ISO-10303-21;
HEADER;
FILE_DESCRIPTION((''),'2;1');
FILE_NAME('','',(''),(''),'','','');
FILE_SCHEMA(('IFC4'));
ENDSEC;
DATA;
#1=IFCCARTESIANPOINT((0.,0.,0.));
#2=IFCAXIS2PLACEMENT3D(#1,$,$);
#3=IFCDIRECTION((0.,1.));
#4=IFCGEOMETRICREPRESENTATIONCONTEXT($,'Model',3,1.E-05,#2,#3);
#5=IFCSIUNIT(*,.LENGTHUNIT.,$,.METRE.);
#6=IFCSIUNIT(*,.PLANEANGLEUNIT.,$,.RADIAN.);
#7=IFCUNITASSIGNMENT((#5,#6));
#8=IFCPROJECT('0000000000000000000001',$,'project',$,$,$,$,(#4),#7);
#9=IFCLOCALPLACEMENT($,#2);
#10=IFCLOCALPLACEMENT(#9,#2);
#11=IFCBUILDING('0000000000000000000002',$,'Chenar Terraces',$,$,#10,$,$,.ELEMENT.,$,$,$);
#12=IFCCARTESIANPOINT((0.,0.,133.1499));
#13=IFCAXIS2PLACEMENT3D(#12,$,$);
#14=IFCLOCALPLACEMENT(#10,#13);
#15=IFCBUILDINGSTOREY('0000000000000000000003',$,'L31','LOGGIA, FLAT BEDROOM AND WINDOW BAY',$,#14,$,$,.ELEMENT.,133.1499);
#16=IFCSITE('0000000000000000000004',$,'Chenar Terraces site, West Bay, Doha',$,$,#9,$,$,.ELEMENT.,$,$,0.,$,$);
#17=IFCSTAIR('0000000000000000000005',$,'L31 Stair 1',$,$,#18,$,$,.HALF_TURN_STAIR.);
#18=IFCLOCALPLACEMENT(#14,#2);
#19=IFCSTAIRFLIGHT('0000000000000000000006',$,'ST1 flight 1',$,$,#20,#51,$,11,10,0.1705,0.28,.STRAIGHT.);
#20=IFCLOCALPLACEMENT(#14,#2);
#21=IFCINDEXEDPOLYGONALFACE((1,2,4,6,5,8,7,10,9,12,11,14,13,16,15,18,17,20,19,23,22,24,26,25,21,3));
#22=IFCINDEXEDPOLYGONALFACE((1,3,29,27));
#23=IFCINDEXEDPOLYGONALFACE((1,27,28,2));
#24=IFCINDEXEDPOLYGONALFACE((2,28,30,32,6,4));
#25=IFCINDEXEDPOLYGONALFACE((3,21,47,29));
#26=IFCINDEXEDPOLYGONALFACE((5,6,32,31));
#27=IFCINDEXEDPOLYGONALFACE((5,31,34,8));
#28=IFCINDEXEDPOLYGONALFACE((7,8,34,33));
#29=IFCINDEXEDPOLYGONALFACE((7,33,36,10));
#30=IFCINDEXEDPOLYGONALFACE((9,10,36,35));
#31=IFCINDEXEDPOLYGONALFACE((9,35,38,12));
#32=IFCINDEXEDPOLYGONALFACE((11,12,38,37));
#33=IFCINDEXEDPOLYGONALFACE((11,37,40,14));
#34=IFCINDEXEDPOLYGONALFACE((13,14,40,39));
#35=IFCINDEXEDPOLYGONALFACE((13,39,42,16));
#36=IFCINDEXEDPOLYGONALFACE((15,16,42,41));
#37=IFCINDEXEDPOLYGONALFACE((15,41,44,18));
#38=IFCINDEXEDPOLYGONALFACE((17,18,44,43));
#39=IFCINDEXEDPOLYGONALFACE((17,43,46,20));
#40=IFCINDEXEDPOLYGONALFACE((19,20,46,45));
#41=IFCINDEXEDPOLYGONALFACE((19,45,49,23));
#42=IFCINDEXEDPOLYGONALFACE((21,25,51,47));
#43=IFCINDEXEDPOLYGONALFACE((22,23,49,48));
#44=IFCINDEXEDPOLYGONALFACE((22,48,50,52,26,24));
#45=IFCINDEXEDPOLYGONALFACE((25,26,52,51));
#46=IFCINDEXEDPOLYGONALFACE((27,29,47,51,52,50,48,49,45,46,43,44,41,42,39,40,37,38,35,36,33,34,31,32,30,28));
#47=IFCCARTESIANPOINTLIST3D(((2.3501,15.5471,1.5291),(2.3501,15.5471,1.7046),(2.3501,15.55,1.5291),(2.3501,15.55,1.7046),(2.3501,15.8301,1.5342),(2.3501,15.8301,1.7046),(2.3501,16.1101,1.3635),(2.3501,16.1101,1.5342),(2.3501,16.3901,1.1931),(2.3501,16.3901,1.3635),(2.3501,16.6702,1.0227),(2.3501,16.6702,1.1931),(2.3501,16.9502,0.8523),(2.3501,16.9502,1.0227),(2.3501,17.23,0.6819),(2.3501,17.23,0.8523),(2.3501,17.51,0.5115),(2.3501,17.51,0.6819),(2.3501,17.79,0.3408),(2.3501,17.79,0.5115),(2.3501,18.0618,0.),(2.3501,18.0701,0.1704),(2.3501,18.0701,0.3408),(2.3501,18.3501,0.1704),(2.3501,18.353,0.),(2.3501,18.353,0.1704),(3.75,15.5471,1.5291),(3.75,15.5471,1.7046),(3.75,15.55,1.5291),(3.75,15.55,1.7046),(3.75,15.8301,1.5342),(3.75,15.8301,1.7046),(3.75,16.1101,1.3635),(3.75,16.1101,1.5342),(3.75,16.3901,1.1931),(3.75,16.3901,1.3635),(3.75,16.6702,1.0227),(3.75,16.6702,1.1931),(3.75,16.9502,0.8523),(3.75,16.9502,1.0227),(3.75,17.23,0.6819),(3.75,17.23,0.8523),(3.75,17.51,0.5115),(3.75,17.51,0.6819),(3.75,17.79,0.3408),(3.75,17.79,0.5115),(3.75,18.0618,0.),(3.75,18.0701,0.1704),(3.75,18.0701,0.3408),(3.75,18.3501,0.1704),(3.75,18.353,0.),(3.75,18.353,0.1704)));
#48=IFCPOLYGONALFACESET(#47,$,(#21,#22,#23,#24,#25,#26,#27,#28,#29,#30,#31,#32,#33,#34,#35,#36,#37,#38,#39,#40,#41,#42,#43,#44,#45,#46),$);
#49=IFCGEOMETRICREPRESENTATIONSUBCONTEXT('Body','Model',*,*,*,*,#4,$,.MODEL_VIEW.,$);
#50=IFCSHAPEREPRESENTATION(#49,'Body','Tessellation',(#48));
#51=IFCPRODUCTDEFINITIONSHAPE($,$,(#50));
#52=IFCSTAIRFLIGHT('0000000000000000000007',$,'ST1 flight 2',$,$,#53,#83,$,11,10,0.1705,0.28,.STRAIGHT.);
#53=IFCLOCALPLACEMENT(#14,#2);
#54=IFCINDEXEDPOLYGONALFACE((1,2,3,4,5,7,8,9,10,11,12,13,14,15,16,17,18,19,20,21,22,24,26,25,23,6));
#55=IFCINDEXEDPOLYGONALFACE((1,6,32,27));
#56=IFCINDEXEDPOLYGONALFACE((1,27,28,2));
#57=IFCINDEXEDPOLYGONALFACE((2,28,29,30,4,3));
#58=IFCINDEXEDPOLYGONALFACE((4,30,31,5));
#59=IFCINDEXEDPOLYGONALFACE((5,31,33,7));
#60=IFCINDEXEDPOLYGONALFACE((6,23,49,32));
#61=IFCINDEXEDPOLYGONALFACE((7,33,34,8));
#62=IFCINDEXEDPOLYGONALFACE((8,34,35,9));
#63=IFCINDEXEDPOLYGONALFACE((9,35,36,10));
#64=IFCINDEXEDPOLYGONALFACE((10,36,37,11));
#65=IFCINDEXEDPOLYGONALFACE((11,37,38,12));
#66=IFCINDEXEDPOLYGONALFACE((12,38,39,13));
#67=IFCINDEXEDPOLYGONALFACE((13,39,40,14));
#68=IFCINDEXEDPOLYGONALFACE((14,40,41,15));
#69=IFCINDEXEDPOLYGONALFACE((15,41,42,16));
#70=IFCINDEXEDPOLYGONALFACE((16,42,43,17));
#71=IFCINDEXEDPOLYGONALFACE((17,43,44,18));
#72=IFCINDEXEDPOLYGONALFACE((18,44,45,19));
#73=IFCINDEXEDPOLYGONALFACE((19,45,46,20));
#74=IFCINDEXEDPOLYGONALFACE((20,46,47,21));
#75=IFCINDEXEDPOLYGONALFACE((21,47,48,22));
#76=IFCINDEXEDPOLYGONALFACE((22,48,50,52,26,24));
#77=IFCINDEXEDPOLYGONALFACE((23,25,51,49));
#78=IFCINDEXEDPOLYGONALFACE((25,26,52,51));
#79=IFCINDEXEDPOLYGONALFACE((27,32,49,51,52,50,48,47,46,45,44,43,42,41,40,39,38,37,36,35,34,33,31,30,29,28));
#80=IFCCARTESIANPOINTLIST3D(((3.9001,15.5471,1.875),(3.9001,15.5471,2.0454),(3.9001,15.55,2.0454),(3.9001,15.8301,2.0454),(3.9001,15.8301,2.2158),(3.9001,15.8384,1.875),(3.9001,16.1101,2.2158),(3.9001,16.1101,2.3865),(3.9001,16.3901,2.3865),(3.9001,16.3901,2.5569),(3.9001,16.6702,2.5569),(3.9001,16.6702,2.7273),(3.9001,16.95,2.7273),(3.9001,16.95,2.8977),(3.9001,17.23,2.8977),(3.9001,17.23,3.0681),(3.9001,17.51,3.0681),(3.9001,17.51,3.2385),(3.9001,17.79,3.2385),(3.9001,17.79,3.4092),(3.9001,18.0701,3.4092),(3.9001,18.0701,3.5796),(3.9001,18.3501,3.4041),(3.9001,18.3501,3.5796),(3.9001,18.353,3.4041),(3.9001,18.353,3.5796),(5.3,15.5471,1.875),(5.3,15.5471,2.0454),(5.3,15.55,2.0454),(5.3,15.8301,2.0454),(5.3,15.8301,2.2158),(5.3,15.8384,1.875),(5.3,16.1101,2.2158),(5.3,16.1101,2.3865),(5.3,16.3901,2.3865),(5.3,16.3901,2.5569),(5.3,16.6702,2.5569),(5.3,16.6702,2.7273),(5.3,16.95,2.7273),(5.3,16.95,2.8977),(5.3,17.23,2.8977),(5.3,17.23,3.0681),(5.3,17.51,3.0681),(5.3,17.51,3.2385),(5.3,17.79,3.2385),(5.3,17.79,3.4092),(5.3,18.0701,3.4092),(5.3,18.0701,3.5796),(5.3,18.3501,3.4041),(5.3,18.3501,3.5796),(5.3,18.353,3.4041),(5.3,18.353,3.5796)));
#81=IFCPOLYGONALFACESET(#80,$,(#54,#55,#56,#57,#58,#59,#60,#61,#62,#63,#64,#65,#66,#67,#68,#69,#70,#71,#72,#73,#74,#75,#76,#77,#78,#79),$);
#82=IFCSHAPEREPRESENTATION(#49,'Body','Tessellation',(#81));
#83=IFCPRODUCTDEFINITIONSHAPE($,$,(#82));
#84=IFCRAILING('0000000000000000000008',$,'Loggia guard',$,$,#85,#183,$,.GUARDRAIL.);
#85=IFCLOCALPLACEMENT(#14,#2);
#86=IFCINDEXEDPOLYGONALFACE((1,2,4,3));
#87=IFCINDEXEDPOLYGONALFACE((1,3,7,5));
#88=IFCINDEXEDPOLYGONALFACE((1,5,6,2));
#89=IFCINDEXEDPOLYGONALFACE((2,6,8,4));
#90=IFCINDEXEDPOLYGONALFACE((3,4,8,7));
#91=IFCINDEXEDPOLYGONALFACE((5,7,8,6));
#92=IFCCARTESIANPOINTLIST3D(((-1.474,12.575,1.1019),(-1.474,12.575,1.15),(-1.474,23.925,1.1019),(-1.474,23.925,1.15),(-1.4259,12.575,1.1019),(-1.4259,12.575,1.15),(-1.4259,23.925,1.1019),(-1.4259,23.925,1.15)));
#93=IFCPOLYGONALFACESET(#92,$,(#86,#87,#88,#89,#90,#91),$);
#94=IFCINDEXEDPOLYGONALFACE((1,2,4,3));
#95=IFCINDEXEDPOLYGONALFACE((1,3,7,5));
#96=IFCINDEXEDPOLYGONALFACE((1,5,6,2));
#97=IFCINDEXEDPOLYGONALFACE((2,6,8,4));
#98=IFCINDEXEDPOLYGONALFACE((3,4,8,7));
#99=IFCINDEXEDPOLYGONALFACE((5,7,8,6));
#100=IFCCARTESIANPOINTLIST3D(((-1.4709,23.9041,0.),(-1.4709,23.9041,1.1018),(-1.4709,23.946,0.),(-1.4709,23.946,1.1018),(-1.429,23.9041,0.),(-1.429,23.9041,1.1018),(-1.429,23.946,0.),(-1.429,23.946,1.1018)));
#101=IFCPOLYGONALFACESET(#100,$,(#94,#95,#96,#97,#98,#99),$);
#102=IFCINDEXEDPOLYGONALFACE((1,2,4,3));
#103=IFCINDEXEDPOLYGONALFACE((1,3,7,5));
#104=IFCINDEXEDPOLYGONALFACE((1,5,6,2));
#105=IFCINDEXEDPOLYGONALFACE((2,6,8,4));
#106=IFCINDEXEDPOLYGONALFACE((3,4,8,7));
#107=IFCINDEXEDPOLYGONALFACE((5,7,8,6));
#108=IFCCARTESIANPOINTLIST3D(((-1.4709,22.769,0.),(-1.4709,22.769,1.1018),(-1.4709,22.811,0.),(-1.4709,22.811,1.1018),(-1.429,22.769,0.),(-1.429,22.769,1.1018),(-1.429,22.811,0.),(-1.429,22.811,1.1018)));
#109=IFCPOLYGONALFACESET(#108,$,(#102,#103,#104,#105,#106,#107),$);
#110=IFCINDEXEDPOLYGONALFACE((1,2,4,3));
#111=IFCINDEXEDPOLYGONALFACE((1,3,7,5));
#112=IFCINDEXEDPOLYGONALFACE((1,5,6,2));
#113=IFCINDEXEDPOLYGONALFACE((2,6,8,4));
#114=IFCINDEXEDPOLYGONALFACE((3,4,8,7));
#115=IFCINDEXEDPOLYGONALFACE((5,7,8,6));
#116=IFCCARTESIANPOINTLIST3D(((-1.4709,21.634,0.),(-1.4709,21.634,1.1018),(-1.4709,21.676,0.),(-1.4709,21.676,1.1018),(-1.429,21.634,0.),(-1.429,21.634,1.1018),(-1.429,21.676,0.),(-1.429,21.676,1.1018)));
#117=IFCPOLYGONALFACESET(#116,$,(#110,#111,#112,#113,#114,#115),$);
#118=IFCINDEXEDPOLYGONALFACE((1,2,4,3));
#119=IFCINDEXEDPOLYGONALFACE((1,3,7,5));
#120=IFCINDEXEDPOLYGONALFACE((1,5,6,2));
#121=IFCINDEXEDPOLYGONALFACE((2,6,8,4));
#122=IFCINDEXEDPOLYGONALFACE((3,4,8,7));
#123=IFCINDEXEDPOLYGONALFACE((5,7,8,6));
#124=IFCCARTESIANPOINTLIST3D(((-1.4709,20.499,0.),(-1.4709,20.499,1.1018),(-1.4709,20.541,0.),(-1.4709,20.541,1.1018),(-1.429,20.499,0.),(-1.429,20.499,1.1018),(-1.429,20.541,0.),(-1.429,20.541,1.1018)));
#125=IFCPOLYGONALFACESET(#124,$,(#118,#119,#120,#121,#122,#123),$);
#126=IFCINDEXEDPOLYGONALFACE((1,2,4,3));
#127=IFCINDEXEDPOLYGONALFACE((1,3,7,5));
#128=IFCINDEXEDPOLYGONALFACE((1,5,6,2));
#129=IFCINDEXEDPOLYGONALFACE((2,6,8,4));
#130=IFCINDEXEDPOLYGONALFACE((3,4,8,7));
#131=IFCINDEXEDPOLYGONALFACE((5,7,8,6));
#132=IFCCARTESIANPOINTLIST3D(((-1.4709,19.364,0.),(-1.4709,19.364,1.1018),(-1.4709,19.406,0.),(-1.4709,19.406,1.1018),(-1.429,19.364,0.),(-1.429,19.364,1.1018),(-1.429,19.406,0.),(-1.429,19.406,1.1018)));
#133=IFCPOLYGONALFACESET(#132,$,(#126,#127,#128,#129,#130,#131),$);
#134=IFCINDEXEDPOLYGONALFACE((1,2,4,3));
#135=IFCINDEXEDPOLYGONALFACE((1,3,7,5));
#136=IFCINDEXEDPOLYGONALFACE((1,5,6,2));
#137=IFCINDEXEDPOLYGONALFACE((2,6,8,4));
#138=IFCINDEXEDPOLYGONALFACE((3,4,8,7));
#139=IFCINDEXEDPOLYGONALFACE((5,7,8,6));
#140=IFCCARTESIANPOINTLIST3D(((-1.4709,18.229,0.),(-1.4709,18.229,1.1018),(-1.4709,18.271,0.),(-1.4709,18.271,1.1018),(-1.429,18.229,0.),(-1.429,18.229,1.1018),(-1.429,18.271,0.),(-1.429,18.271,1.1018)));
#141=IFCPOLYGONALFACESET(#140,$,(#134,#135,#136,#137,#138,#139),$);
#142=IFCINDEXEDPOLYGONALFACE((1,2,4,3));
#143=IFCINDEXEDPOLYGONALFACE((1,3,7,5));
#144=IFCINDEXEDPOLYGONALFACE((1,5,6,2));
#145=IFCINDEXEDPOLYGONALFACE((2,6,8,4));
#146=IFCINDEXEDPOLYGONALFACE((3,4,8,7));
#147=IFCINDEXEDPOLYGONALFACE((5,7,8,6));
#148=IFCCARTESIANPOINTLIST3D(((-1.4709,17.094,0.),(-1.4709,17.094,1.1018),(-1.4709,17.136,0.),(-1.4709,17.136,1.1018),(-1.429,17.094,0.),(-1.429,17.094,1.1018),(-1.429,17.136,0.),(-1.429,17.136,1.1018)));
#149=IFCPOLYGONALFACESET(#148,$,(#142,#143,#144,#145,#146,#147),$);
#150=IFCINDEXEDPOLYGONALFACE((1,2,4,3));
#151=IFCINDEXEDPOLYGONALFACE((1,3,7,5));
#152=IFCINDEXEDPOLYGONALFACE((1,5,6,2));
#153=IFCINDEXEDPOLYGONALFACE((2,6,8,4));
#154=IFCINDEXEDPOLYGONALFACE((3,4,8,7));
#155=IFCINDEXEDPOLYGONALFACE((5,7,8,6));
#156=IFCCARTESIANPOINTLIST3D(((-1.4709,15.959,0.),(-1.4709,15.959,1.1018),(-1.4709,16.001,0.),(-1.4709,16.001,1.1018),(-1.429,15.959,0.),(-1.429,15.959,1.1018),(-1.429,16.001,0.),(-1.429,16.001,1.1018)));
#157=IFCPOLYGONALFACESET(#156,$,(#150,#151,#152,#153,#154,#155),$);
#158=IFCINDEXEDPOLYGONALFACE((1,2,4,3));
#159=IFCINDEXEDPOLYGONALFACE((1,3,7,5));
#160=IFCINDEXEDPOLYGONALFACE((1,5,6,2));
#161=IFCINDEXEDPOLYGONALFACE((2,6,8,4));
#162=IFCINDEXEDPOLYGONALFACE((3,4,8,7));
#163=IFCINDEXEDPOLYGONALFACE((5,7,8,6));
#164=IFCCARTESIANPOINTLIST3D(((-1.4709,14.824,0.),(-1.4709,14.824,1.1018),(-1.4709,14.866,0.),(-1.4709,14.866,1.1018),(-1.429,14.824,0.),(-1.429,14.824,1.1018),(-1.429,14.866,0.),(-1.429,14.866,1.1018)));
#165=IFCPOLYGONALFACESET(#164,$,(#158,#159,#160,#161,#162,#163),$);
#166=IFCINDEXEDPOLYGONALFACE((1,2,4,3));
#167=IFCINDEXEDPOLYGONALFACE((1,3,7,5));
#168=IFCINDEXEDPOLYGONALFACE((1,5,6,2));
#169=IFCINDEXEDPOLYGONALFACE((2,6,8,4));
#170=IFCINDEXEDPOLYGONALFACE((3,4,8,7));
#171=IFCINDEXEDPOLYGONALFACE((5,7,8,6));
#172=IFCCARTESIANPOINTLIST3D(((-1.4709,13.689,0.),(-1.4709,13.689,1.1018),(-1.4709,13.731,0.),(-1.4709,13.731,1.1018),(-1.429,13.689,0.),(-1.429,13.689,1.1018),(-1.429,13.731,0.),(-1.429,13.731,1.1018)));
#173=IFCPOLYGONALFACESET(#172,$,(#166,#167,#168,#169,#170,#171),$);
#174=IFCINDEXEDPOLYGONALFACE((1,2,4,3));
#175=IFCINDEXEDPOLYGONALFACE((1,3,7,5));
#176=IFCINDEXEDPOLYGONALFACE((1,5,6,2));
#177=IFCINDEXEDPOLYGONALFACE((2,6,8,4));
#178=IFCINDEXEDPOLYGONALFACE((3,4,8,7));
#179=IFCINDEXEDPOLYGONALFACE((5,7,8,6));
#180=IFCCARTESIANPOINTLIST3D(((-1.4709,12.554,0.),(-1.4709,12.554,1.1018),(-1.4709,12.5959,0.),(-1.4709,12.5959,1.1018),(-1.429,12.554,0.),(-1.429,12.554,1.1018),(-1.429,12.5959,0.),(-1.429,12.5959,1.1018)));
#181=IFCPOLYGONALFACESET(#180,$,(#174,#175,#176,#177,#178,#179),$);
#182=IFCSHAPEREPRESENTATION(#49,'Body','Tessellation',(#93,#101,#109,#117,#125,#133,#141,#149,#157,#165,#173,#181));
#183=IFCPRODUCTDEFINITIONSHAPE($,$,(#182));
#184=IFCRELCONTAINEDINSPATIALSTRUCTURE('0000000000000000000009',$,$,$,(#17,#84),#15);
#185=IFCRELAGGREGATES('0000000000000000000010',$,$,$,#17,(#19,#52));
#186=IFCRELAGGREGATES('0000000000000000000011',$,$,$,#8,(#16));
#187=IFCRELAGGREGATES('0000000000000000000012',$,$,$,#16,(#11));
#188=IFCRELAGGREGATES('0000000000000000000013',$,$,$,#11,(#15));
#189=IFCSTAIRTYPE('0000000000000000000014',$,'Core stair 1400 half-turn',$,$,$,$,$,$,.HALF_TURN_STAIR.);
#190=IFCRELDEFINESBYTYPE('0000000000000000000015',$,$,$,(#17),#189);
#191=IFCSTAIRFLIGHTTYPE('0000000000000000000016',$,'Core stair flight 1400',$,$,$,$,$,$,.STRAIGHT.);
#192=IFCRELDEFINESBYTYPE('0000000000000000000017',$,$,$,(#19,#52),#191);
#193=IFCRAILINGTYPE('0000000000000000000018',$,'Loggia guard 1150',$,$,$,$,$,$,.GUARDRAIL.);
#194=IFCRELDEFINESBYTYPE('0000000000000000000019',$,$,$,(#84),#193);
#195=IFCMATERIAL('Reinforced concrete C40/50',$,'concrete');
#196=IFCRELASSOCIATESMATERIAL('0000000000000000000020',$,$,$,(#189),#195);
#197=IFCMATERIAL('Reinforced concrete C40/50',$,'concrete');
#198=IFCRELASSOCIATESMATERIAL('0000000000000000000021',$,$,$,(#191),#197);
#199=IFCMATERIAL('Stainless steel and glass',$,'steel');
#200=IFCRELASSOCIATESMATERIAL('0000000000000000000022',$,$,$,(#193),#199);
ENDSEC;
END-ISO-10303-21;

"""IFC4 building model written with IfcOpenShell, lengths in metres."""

from ifc_helpers import new_model, si_unit, direction, frame, origin, origin_2d, place, context, subcontext, project, spatial, polyline, rectangle, outline, extrude, material, type_object, element, aggregate, save


model = new_model("IFC4")

# Units and contexts
model_context = context("Model", 3, precision=1e-05, world=origin(), true_north=direction((0.0, 1.0)))
body_context = subcontext(model_context, "Body", "Model", "MODEL_VIEW")
ifc_project = project(units=[si_unit("LENGTHUNIT", "METRE"), si_unit("PLANEANGLEUNIT", "RADIAN")], contexts=[model_context])

# Site, building, storey
site_placement = place(None, origin())
site = spatial("IfcSite", under=ifc_project, at=site_placement, Name="Chenar Terraces site, West Bay, Doha", CompositionType="ELEMENT", RefElevation=0.0)
building_placement = place(site_placement, origin())
building = spatial("IfcBuilding", under=site, at=building_placement, Name="Chenar Terraces", CompositionType="ELEMENT")
storey_placement = place(building_placement, frame((0.0, 0.0, 133.1499)))
storey = spatial("IfcBuildingStorey", under=building, at=storey_placement, Name="L31", Description="LOGGIA, FLAT BEDROOM AND WINDOW BAY", CompositionType="ELEMENT", Elevation=133.1499)

# Stair, stair flights
ifc_material_1 = material(Name="Reinforced concrete C40/50", Category="concrete")
stair_type = type_object("IfcStairType", Name="Core stair 1400 half-turn", PredefinedType="HALF_TURN_STAIR", material=ifc_material_1)
stair_placement = place(storey_placement, origin())
stair = element("IfcStair", 1, at=stair_placement, inside=storey, type_object=stair_type, Name="L31 Stair 1", PredefinedType="HALF_TURN_STAIR")
ifc_material_2 = material(Name="Reinforced concrete C40/50", Category="concrete")
stair_flight_type = type_object("IfcStairFlightType", Name="Core stair flight 1400", PredefinedType="STRAIGHT", material=ifc_material_2)
stair_flight_1_placement = place(storey_placement, frame((3.05, 18.3501, 0.0), z_axis=(0.0, 0.0, 1.0), x_axis=(0.0, -1.0, 0.0)))
stair_flight_1 = element("IfcStairFlight", 2, at=stair_flight_1_placement, type_object=stair_flight_type, Name="ST1 flight 1", NumberOfRisers=11, NumberOfTreads=10, PredefinedType="STRAIGHT", RiserHeight=0.1705, TreadLength=0.28, context=body_context, shape_type="SweptSolid", body=[
    extrude(outline(polyline([(-0.0029, 0.0), (-0.0029, 0.1704), (0.0, 0.1704), (0.28, 0.1704), (0.28, 0.3408), (0.5601, 0.3408), (0.5601, 0.5115), (0.8401, 0.5115), (0.8401, 0.6819), (1.1201, 0.6819), (1.1201, 0.8523), (1.3999, 0.8523), (1.3999, 1.0227), (1.6799, 1.0227), (1.6799, 1.1931), (1.96, 1.1931), (1.96, 1.3635), (2.24, 1.3635), (2.24, 1.5342), (2.52, 1.5342), (2.52, 1.7046), (2.8, 1.7046), (2.803, 1.7046), (2.803, 1.5291), (2.8, 1.5291), (0.2883, 0.0), (-0.0029, 0.0)])), frame((0.0, 0.7, 0.0), z_axis=(0.0, -1.0, 0.0), x_axis=(1.0, 0.0, 0.0)), (0.0, 0.0, 1.0), 1.3999),
])
stair_flight_2_placement = place(storey_placement, frame((4.6001, 15.55, 1.875), z_axis=(0.0, 0.0, 1.0), x_axis=(0.0, 1.0, 0.0)))
stair_flight_2 = element("IfcStairFlight", 3, at=stair_flight_2_placement, type_object=stair_flight_type, Name="ST1 flight 2", NumberOfRisers=11, NumberOfTreads=10, PredefinedType="STRAIGHT", RiserHeight=0.1705, TreadLength=0.28, context=body_context, shape_type="SweptSolid", body=[
    extrude(outline(polyline([(-0.0029, 0.0), (-0.0029, 0.1704), (0.0, 0.1704), (0.28, 0.1704), (0.28, 0.3408), (0.5601, 0.3408), (0.5601, 0.5115), (0.8401, 0.5115), (0.8401, 0.6819), (1.1201, 0.6819), (1.1201, 0.8523), (1.3999, 0.8523), (1.3999, 1.0227), (1.6799, 1.0227), (1.6799, 1.1931), (1.96, 1.1931), (1.96, 1.3635), (2.24, 1.3635), (2.24, 1.5342), (2.52, 1.5342), (2.52, 1.7046), (2.8, 1.7046), (2.803, 1.7046), (2.803, 1.5291), (2.8, 1.5291), (0.2883, 0.0), (-0.0029, 0.0)])), frame((0.0, 0.7, 0.0), z_axis=(0.0, -1.0, 0.0), x_axis=(1.0, 0.0, 0.0)), (0.0, 0.0, 1.0), 1.3999),
])
aggregate(stair, [stair_flight_1, stair_flight_2])

# Railing
ifc_material_3 = material(Name="Stainless steel and glass", Category="steel")
railing_type_1 = type_object("IfcRailingType", Name="Loggia guard 1150", PredefinedType="GUARDRAIL", material=ifc_material_3)
railing_1_placement = place(storey_placement, frame((-1.45, 23.925, 0.0)))
element("IfcRailing", 4, at=railing_1_placement, inside=storey, type_object=railing_type_1, Name="Loggia guard", PredefinedType="GUARDRAIL", context=body_context, shape_type="SweptSolid", body=[
    extrude(rectangle(XDim=0.0481, YDim=0.0481, at=origin_2d()), frame((0.0, 0.0, 1.126), z_axis=(0.0, -1.0, 0.0), x_axis=(1.0, 0.0, 0.0)), (0.0, 0.0, 1.0), 11.3501),
    extrude(rectangle(XDim=0.042, YDim=0.042, at=origin_2d()), origin(), (0.0, 0.0, 1.0), 1.1018),
    extrude(rectangle(XDim=0.042, YDim=0.042, at=origin_2d()), frame((0.0, -1.135, 0.0)), (0.0, 0.0, 1.0), 1.1018),
    extrude(rectangle(XDim=0.042, YDim=0.042, at=origin_2d()), frame((0.0, -2.27, 0.0)), (0.0, 0.0, 1.0), 1.1018),
    extrude(rectangle(XDim=0.042, YDim=0.042, at=origin_2d()), frame((0.0, -3.405, 0.0)), (0.0, 0.0, 1.0), 1.1018),
    extrude(rectangle(XDim=0.042, YDim=0.042, at=origin_2d()), frame((0.0, -4.54, 0.0)), (0.0, 0.0, 1.0), 1.1018),
    extrude(rectangle(XDim=0.042, YDim=0.042, at=origin_2d()), frame((0.0, -5.675, 0.0)), (0.0, 0.0, 1.0), 1.1018),
    extrude(rectangle(XDim=0.042, YDim=0.042, at=origin_2d()), frame((0.0, -6.8101, 0.0)), (0.0, 0.0, 1.0), 1.1018),
    extrude(rectangle(XDim=0.042, YDim=0.042, at=origin_2d()), frame((0.0, -7.9451, 0.0)), (0.0, 0.0, 1.0), 1.1018),
    extrude(rectangle(XDim=0.042, YDim=0.042, at=origin_2d()), frame((0.0, -9.0801, 0.0)), (0.0, 0.0, 1.0), 1.1018),
    extrude(rectangle(XDim=0.042, YDim=0.042, at=origin_2d()), frame((0.0, -10.2151, 0.0)), (0.0, 0.0, 1.0), 1.1018),
    extrude(rectangle(XDim=0.042, YDim=0.042, at=origin_2d()), frame((0.0, -11.3501, 0.0)), (0.0, 0.0, 1.0), 1.1018),
])

save(model, "model.ifc")
